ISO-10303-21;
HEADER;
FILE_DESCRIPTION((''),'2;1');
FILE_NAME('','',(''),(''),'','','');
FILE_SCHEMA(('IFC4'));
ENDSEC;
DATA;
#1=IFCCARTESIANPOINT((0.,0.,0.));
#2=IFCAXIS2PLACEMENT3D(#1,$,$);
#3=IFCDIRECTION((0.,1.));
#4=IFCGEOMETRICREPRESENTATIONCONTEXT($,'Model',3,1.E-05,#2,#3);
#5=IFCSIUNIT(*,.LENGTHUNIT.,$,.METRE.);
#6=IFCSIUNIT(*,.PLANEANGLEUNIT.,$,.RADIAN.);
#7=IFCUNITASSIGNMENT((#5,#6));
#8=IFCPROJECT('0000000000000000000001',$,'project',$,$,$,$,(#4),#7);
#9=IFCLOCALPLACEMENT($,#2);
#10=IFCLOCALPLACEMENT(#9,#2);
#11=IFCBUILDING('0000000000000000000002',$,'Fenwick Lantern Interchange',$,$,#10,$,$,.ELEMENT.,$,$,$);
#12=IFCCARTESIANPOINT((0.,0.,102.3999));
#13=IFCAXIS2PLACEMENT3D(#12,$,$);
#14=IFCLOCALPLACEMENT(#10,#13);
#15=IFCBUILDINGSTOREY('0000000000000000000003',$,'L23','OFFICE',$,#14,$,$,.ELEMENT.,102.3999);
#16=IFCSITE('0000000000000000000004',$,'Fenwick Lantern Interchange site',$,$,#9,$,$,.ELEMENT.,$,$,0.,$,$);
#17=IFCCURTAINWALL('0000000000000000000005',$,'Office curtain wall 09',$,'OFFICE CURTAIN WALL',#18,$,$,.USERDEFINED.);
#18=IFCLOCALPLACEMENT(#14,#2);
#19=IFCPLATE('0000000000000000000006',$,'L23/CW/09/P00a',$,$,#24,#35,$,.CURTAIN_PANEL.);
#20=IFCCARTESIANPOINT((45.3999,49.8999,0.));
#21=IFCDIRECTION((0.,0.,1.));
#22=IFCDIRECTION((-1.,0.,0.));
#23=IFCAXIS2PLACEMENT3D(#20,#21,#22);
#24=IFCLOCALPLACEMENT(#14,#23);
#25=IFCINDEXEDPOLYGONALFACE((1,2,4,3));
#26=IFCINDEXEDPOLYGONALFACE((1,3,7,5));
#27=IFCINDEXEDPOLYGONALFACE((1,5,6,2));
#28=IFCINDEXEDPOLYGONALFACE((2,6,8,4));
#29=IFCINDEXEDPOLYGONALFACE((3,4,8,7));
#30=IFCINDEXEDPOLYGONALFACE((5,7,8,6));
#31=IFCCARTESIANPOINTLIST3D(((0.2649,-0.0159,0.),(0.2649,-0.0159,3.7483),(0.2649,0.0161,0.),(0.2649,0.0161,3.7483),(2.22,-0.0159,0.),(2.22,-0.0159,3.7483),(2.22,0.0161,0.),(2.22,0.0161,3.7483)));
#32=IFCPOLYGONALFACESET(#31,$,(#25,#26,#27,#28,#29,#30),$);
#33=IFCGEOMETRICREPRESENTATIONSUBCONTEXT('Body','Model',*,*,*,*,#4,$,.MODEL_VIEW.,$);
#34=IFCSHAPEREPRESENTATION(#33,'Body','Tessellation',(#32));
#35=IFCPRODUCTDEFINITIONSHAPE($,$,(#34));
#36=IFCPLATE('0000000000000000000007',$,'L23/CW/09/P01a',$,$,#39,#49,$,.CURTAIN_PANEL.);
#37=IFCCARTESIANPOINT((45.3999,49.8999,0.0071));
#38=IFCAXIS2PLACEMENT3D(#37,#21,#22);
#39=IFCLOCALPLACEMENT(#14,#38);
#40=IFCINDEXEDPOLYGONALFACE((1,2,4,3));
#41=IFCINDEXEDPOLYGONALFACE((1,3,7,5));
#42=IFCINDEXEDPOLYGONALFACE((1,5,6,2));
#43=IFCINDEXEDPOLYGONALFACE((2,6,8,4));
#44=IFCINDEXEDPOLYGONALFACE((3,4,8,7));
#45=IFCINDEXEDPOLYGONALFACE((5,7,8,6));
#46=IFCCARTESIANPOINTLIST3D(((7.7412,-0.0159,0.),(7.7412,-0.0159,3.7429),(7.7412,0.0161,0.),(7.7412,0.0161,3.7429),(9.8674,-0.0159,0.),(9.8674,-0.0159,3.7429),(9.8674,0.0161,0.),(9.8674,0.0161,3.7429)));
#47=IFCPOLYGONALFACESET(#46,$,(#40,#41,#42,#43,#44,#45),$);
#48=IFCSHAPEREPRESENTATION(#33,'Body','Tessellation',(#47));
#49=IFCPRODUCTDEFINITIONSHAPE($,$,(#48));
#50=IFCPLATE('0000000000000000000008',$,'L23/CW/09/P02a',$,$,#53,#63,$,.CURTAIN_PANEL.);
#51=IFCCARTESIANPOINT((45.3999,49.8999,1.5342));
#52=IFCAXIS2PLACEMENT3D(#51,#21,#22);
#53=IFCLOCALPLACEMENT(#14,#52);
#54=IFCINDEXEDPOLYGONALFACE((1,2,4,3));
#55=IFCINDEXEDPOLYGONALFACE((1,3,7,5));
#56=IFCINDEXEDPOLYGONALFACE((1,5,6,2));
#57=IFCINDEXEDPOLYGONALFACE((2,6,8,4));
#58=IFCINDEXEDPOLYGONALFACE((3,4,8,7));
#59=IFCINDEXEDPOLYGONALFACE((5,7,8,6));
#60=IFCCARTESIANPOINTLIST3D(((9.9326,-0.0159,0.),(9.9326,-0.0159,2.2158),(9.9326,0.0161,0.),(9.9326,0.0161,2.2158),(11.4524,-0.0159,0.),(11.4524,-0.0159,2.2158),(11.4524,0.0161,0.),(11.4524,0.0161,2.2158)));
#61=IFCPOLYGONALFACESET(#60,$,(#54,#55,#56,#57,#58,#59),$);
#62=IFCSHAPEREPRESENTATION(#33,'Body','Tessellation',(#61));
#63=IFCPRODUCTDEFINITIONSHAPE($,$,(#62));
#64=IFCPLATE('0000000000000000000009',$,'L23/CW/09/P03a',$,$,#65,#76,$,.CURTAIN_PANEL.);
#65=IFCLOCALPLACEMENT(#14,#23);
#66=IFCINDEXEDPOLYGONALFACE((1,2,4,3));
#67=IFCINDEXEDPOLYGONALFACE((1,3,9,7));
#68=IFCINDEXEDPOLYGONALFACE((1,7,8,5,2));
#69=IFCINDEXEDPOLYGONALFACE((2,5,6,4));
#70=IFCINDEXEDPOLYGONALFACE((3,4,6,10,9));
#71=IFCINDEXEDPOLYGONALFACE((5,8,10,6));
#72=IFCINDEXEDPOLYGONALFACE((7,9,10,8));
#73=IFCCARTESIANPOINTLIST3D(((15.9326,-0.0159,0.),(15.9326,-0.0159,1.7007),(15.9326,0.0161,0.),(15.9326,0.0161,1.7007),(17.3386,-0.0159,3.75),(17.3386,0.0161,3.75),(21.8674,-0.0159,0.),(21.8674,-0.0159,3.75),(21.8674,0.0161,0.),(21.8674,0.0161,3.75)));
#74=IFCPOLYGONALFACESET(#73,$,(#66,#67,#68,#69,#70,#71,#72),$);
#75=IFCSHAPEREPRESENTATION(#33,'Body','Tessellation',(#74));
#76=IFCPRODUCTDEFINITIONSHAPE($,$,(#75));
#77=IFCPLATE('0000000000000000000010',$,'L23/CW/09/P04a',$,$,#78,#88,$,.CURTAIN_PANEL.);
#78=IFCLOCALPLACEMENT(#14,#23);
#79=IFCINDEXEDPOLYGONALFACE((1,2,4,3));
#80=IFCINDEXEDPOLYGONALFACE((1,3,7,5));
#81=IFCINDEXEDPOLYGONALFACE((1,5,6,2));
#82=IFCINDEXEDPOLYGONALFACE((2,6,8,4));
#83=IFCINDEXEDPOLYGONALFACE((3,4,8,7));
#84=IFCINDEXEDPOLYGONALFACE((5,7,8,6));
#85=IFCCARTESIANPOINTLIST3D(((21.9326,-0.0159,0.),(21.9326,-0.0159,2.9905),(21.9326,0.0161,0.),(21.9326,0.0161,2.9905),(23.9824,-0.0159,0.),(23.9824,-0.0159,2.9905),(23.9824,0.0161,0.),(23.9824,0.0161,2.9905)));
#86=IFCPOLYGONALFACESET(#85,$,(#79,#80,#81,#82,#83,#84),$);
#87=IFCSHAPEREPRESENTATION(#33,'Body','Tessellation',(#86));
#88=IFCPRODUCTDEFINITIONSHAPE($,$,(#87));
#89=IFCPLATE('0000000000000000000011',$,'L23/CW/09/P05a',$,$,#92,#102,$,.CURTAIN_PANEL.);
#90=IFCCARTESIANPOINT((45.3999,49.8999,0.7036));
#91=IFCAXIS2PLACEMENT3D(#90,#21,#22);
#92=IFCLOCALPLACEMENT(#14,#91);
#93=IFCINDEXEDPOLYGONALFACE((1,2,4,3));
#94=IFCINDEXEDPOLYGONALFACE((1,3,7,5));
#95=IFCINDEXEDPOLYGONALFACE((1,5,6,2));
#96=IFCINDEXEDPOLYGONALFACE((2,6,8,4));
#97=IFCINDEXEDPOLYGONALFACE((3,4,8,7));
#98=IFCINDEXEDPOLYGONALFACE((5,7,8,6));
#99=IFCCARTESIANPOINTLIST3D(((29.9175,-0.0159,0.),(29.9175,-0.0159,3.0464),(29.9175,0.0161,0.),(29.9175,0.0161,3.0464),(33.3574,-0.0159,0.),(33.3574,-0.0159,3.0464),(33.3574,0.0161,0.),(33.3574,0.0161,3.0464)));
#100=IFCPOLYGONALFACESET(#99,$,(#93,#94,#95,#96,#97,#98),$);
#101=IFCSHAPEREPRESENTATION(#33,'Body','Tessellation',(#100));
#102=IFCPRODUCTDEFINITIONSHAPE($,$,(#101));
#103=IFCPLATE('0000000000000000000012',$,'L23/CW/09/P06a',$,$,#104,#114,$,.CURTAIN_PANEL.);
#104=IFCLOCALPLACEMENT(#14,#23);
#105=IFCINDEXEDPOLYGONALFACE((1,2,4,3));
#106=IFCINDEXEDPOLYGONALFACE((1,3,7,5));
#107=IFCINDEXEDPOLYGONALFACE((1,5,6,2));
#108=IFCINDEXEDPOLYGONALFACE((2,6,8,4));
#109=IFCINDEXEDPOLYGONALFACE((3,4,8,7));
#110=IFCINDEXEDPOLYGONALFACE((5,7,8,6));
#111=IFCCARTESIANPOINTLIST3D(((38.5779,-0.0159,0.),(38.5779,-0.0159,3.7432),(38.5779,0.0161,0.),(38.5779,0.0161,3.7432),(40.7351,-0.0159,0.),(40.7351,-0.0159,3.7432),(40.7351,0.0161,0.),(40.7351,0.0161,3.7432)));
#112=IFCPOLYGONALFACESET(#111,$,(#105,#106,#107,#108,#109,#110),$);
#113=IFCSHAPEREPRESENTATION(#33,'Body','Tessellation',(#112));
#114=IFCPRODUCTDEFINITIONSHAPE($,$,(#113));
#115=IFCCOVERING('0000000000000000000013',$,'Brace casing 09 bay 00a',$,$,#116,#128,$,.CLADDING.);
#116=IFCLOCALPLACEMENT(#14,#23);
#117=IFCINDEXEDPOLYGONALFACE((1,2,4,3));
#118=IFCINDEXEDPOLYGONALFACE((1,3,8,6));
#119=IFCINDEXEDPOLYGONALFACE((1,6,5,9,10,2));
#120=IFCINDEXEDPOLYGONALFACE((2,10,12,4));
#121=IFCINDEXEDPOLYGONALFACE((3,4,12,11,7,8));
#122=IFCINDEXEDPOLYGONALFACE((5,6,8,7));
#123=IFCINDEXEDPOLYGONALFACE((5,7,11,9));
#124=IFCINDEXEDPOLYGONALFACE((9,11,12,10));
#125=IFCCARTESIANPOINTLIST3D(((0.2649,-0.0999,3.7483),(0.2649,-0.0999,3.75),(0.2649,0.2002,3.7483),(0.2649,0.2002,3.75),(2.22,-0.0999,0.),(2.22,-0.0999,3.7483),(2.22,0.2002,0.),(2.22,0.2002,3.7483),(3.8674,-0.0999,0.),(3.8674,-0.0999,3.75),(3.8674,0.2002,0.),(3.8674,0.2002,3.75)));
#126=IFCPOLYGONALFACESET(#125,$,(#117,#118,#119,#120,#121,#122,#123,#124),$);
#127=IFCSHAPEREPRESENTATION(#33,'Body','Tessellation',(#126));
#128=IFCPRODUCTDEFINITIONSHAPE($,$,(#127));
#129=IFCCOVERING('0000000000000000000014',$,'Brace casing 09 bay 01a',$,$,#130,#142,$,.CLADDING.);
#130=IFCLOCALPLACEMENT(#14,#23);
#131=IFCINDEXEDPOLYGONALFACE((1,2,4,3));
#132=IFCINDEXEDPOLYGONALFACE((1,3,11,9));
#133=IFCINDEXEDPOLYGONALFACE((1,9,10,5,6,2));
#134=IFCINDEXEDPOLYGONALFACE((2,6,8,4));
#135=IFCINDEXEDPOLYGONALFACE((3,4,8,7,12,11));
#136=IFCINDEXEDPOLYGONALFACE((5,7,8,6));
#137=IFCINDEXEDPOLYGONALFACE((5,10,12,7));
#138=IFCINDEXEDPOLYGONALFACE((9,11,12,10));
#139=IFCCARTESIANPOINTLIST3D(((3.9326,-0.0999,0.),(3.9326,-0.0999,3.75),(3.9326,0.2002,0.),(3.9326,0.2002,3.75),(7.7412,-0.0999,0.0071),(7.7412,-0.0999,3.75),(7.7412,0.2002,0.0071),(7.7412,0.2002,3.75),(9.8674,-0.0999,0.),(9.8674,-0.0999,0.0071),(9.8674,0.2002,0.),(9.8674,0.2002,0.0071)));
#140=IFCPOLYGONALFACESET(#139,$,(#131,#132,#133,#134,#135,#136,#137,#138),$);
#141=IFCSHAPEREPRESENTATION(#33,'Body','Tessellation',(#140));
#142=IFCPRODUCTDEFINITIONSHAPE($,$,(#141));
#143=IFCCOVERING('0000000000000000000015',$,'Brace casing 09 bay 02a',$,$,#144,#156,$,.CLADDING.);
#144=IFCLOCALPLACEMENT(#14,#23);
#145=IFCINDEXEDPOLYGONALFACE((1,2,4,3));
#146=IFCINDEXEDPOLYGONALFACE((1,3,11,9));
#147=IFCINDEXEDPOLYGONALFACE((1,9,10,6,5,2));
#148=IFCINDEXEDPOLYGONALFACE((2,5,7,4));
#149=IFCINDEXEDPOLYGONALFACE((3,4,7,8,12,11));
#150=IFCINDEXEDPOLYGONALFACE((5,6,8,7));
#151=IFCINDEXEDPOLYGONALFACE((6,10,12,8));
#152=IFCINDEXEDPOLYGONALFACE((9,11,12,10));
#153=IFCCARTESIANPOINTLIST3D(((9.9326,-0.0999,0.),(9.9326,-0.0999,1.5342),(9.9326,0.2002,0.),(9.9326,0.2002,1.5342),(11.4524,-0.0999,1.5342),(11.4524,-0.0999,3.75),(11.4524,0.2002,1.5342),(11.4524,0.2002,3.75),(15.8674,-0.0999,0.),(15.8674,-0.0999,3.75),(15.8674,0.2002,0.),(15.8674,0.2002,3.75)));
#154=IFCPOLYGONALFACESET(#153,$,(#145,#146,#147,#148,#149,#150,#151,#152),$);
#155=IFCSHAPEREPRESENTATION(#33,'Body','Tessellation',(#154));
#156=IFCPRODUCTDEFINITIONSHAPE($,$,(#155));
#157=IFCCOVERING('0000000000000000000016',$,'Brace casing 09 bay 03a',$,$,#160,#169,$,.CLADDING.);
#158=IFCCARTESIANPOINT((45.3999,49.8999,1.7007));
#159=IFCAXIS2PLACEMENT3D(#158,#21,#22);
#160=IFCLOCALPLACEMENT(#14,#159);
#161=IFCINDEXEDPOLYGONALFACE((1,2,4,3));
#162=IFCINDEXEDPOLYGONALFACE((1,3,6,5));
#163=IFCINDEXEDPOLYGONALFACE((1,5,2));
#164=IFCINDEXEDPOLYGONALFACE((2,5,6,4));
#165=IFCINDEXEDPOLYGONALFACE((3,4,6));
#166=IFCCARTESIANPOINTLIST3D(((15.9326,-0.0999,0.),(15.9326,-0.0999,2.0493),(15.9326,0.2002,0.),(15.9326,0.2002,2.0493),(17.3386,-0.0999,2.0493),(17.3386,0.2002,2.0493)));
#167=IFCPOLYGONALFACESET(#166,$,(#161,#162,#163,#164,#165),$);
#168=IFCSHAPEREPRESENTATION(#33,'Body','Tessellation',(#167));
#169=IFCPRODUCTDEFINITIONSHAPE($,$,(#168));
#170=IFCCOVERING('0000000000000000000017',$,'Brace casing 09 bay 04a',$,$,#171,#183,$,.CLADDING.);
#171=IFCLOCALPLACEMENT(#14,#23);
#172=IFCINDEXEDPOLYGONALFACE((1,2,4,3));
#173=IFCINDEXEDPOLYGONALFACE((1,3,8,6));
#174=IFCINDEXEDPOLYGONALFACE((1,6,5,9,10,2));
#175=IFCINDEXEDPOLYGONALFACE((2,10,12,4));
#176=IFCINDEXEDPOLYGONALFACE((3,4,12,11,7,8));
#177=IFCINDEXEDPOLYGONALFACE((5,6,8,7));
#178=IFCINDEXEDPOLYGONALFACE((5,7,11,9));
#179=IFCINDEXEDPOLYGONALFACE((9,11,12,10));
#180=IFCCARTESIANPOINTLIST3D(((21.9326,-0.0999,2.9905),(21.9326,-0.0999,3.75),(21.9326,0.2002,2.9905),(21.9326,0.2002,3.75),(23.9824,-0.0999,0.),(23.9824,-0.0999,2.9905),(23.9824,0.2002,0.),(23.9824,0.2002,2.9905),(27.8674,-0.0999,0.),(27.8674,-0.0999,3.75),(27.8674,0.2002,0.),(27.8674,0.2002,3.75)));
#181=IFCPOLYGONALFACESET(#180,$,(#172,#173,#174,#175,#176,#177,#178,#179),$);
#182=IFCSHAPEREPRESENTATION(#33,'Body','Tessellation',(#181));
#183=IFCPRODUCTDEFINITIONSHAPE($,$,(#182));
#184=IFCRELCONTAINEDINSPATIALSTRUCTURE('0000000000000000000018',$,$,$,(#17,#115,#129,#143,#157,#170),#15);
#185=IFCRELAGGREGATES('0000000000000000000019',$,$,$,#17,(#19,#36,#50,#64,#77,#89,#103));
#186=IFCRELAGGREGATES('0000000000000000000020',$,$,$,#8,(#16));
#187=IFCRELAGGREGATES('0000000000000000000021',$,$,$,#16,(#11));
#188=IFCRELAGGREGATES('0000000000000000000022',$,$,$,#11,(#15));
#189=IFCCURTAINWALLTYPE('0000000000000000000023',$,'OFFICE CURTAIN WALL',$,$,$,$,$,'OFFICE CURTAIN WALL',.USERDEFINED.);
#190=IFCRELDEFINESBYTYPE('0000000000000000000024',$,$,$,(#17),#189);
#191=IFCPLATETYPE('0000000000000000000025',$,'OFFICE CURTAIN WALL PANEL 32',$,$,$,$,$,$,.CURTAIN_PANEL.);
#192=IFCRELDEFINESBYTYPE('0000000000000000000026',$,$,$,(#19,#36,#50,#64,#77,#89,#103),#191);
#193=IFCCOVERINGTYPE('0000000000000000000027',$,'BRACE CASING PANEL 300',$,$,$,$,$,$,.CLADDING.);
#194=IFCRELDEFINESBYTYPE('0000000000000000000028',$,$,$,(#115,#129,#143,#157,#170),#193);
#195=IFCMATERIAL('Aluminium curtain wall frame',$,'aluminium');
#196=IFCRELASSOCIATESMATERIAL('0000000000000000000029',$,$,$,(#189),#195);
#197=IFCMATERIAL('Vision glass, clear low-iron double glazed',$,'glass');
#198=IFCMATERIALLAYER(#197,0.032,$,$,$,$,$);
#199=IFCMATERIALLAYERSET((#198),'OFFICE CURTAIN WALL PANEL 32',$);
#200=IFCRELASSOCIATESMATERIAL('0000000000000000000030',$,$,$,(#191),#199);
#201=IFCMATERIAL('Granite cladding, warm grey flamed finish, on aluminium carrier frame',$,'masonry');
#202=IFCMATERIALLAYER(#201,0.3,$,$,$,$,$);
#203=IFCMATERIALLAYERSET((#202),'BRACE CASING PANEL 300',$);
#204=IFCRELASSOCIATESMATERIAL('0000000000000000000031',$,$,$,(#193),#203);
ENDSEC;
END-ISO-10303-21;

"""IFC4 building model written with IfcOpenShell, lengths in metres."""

from ifc_helpers import new_model, si_unit, direction, frame, origin, place, context, subcontext, project, spatial, polyline, outline, extrude, material, layer, layer_set, type_object, element, aggregate, save


model = new_model("IFC4")

# Units and contexts
model_context = context("Model", 3, precision=1e-05, world=origin(), true_north=direction((0.0, 1.0)))
body_context = subcontext(model_context, "Body", "Model", "MODEL_VIEW")
ifc_project = project(units=[si_unit("LENGTHUNIT", "METRE"), si_unit("PLANEANGLEUNIT", "RADIAN")], contexts=[model_context])

# Site, building, storey
site_placement = place(None, origin())
site = spatial("IfcSite", under=ifc_project, at=site_placement, Name="Fenwick Lantern Interchange site", CompositionType="ELEMENT", RefElevation=0.0)
building_placement = place(site_placement, origin())
building = spatial("IfcBuilding", under=site, at=building_placement, Name="Fenwick Lantern Interchange", CompositionType="ELEMENT")
storey_placement = place(building_placement, frame((0.0, 0.0, 102.3999)))
storey = spatial("IfcBuildingStorey", under=building, at=storey_placement, Name="L23", Description="OFFICE", CompositionType="ELEMENT", Elevation=102.3999)

# Curtain wall
ifc_material_1 = material(Name="Aluminium curtain wall frame", Category="aluminium")
curtain_wall_type = type_object("IfcCurtainWallType", Name="OFFICE CURTAIN WALL", ElementType="OFFICE CURTAIN WALL", PredefinedType="USERDEFINED", material=ifc_material_1)
curtain_wall_1_placement = place(storey_placement, origin())
curtain_wall_1 = element("IfcCurtainWall", 1, at=curtain_wall_1_placement, inside=storey, type_object=curtain_wall_type, Name="Office curtain wall 09", ObjectType="OFFICE CURTAIN WALL", PredefinedType="USERDEFINED")

# Plates
ifc_material_2 = material(Name="Vision glass, clear low-iron double glazed", Category="glass")
ifc_layer_1 = layer(ifc_material_2, 0.032)
ifc_layer_set_1 = layer_set([ifc_layer_1], Name="OFFICE CURTAIN WALL PANEL 32")
plate_type = type_object("IfcPlateType", Name="OFFICE CURTAIN WALL PANEL 32", PredefinedType="CURTAIN_PANEL", material=ifc_layer_set_1)
plate_1_placement = place(storey_placement, frame((45.3999, 49.8999, 0.0), z_axis=(0.0, 0.0, 1.0), x_axis=(-1.0, 0.0, 0.0)))
plate_1 = element("IfcPlate", 2, at=plate_1_placement, type_object=plate_type, Name="L23/CW/09/P00a", PredefinedType="CURTAIN_PANEL", context=body_context, shape_type="SweptSolid", body=[
    extrude(outline(polyline([(0.2649, 0.0), (2.22, 0.0), (2.22, 3.7483), (0.2649, 3.7483), (0.2649, 0.0)])), frame((0.0, 0.0161, 0.0), z_axis=(0.0, -1.0, 0.0), x_axis=(1.0, 0.0, 0.0)), (0.0, 0.0, 1.0), 0.032),
])
plate_2_placement = place(storey_placement, frame((45.3999, 49.8999, 0.0071), z_axis=(0.0, 0.0, 1.0), x_axis=(-1.0, 0.0, 0.0)))
plate_2 = element("IfcPlate", 3, at=plate_2_placement, type_object=plate_type, Name="L23/CW/09/P01a", PredefinedType="CURTAIN_PANEL", context=body_context, shape_type="SweptSolid", body=[
    extrude(outline(polyline([(7.7412, 0.0), (9.8674, 0.0), (9.8674, 3.7429), (7.7412, 3.7429), (7.7412, 0.0)])), frame((0.0, 0.0161, 0.0), z_axis=(0.0, -1.0, 0.0), x_axis=(1.0, 0.0, 0.0)), (0.0, 0.0, 1.0), 0.032),
])
plate_3_placement = place(storey_placement, frame((45.3999, 49.8999, 1.5342), z_axis=(0.0, 0.0, 1.0), x_axis=(-1.0, 0.0, 0.0)))
plate_3 = element("IfcPlate", 4, at=plate_3_placement, type_object=plate_type, Name="L23/CW/09/P02a", PredefinedType="CURTAIN_PANEL", context=body_context, shape_type="SweptSolid", body=[
    extrude(outline(polyline([(9.9326, 0.0), (11.4524, 0.0), (11.4524, 2.2158), (9.9326, 2.2158), (9.9326, 0.0)])), frame((0.0, 0.0161, 0.0), z_axis=(0.0, -1.0, 0.0), x_axis=(1.0, 0.0, 0.0)), (0.0, 0.0, 1.0), 0.032),
])
plate_4_placement = place(storey_placement, frame((45.3999, 49.8999, 0.0), z_axis=(0.0, 0.0, 1.0), x_axis=(-1.0, 0.0, 0.0)))
plate_4 = element("IfcPlate", 5, at=plate_4_placement, type_object=plate_type, Name="L23/CW/09/P03a", PredefinedType="CURTAIN_PANEL", context=body_context, shape_type="SweptSolid", body=[
    extrude(outline(polyline([(15.9326, 0.0), (21.8674, 0.0), (21.8674, 3.75), (17.3386, 3.75), (15.9326, 1.7007), (15.9326, 0.0)])), frame((0.0, 0.0161, 0.0), z_axis=(0.0, -1.0, 0.0), x_axis=(1.0, 0.0, 0.0)), (0.0, 0.0, 1.0), 0.032),
])
plate_5_placement = place(storey_placement, frame((45.3999, 49.8999, 0.0), z_axis=(0.0, 0.0, 1.0), x_axis=(-1.0, 0.0, 0.0)))
plate_5 = element("IfcPlate", 6, at=plate_5_placement, type_object=plate_type, Name="L23/CW/09/P04a", PredefinedType="CURTAIN_PANEL", context=body_context, shape_type="SweptSolid", body=[
    extrude(outline(polyline([(21.9326, 0.0), (23.9824, 0.0), (23.9824, 2.9905), (21.9326, 2.9905), (21.9326, 0.0)])), frame((0.0, 0.0161, 0.0), z_axis=(0.0, -1.0, 0.0), x_axis=(1.0, 0.0, 0.0)), (0.0, 0.0, 1.0), 0.032),
])
plate_6_placement = place(storey_placement, frame((45.3999, 49.8999, 0.7036), z_axis=(0.0, 0.0, 1.0), x_axis=(-1.0, 0.0, 0.0)))
plate_6 = element("IfcPlate", 7, at=plate_6_placement, type_object=plate_type, Name="L23/CW/09/P05a", PredefinedType="CURTAIN_PANEL", context=body_context, shape_type="SweptSolid", body=[
    extrude(outline(polyline([(29.9175, 0.0), (33.3574, 0.0), (33.3574, 3.0464), (29.9175, 3.0464), (29.9175, 0.0)])), frame((0.0, 0.0161, 0.0), z_axis=(0.0, -1.0, 0.0), x_axis=(1.0, 0.0, 0.0)), (0.0, 0.0, 1.0), 0.032),
])
plate_7_placement = place(storey_placement, frame((45.3999, 49.8999, 0.0), z_axis=(0.0, 0.0, 1.0), x_axis=(-1.0, 0.0, 0.0)))
plate_7 = element("IfcPlate", 8, at=plate_7_placement, type_object=plate_type, Name="L23/CW/09/P06a", PredefinedType="CURTAIN_PANEL", context=body_context, shape_type="SweptSolid", body=[
    extrude(outline(polyline([(38.5779, 0.0), (40.7351, 0.0), (40.7351, 3.7432), (38.5779, 3.7432), (38.5779, 0.0)])), frame((0.0, 0.0161, 0.0), z_axis=(0.0, -1.0, 0.0), x_axis=(1.0, 0.0, 0.0)), (0.0, 0.0, 1.0), 0.032),
])
aggregate(curtain_wall_1, [plate_1, plate_2, plate_3, plate_4, plate_5, plate_6, plate_7])

# Coverings
ifc_material_3 = material(Name="Granite cladding, warm grey flamed finish, on aluminium carrier frame", Category="masonry")
ifc_layer_2 = layer(ifc_material_3, 0.3)
ifc_layer_set_2 = layer_set([ifc_layer_2], Name="BRACE CASING PANEL 300")
covering_type = type_object("IfcCoveringType", Name="BRACE CASING PANEL 300", PredefinedType="CLADDING", material=ifc_layer_set_2)
covering_1_placement = place(storey_placement, frame((45.3999, 49.8999, 0.0), z_axis=(0.0, 0.0, 1.0), x_axis=(-1.0, 0.0, 0.0)))
element("IfcCovering", 9, at=covering_1_placement, inside=storey, type_object=covering_type, Name="Brace casing 09 bay 00a", PredefinedType="CLADDING", context=body_context, shape_type="SweptSolid", body=[
    extrude(outline(polyline([(2.22, 0.0), (3.8674, 0.0), (3.8674, 3.75), (0.2649, 3.75), (0.2649, 3.7483), (2.22, 3.7483), (2.22, 0.0)])), frame((0.0, 0.2002, 0.0), z_axis=(0.0, -1.0, 0.0), x_axis=(1.0, 0.0, 0.0)), (0.0, 0.0, 1.0), 0.3),
])
covering_2_placement = place(storey_placement, frame((45.3999, 49.8999, 0.0), z_axis=(0.0, 0.0, 1.0), x_axis=(-1.0, 0.0, 0.0)))
element("IfcCovering", 10, at=covering_2_placement, inside=storey, type_object=covering_type, Name="Brace casing 09 bay 01a", PredefinedType="CLADDING", context=body_context, shape_type="SweptSolid", body=[
    extrude(outline(polyline([(3.9326, 0.0), (9.8674, 0.0), (9.8674, 0.0071), (7.7412, 0.0071), (7.7412, 3.75), (3.9326, 3.75), (3.9326, 0.0)])), frame((0.0, 0.2002, 0.0), z_axis=(0.0, -1.0, 0.0), x_axis=(1.0, 0.0, 0.0)), (0.0, 0.0, 1.0), 0.3),
])
covering_3_placement = place(storey_placement, frame((45.3999, 49.8999, 0.0), z_axis=(0.0, 0.0, 1.0), x_axis=(-1.0, 0.0, 0.0)))
element("IfcCovering", 11, at=covering_3_placement, inside=storey, type_object=covering_type, Name="Brace casing 09 bay 02a", PredefinedType="CLADDING", context=body_context, shape_type="SweptSolid", body=[
    extrude(outline(polyline([(9.9326, 0.0), (15.8674, 0.0), (15.8674, 3.75), (11.4524, 3.75), (11.4524, 1.5342), (9.9326, 1.5342), (9.9326, 0.0)])), frame((0.0, 0.2002, 0.0), z_axis=(0.0, -1.0, 0.0), x_axis=(1.0, 0.0, 0.0)), (0.0, 0.0, 1.0), 0.3),
])
covering_4_placement = place(storey_placement, frame((45.3999, 49.8999, 1.7007), z_axis=(0.0, 0.0, 1.0), x_axis=(-1.0, 0.0, 0.0)))
element("IfcCovering", 12, at=covering_4_placement, inside=storey, type_object=covering_type, Name="Brace casing 09 bay 03a", PredefinedType="CLADDING", context=body_context, shape_type="SweptSolid", body=[
    extrude(outline(polyline([(15.9326, 0.0), (17.3386, 2.0493), (15.9326, 2.0493), (15.9326, 0.0)])), frame((0.0, 0.2002, 0.0), z_axis=(0.0, -1.0, 0.0), x_axis=(1.0, 0.0, 0.0)), (0.0, 0.0, 1.0), 0.3),
])
covering_5_placement = place(storey_placement, frame((45.3999, 49.8999, 0.0), z_axis=(0.0, 0.0, 1.0), x_axis=(-1.0, 0.0, 0.0)))
element("IfcCovering", 13, at=covering_5_placement, inside=storey, type_object=covering_type, Name="Brace casing 09 bay 04a", PredefinedType="CLADDING", context=body_context, shape_type="SweptSolid", body=[
    extrude(outline(polyline([(23.9824, 0.0), (27.8674, 0.0), (27.8674, 3.75), (21.9326, 3.75), (21.9326, 2.9905), (23.9824, 2.9905), (23.9824, 0.0)])), frame((0.0, 0.2002, 0.0), z_axis=(0.0, -1.0, 0.0), x_axis=(1.0, 0.0, 0.0)), (0.0, 0.0, 1.0), 0.3),
])

save(model, "model.ifc")
